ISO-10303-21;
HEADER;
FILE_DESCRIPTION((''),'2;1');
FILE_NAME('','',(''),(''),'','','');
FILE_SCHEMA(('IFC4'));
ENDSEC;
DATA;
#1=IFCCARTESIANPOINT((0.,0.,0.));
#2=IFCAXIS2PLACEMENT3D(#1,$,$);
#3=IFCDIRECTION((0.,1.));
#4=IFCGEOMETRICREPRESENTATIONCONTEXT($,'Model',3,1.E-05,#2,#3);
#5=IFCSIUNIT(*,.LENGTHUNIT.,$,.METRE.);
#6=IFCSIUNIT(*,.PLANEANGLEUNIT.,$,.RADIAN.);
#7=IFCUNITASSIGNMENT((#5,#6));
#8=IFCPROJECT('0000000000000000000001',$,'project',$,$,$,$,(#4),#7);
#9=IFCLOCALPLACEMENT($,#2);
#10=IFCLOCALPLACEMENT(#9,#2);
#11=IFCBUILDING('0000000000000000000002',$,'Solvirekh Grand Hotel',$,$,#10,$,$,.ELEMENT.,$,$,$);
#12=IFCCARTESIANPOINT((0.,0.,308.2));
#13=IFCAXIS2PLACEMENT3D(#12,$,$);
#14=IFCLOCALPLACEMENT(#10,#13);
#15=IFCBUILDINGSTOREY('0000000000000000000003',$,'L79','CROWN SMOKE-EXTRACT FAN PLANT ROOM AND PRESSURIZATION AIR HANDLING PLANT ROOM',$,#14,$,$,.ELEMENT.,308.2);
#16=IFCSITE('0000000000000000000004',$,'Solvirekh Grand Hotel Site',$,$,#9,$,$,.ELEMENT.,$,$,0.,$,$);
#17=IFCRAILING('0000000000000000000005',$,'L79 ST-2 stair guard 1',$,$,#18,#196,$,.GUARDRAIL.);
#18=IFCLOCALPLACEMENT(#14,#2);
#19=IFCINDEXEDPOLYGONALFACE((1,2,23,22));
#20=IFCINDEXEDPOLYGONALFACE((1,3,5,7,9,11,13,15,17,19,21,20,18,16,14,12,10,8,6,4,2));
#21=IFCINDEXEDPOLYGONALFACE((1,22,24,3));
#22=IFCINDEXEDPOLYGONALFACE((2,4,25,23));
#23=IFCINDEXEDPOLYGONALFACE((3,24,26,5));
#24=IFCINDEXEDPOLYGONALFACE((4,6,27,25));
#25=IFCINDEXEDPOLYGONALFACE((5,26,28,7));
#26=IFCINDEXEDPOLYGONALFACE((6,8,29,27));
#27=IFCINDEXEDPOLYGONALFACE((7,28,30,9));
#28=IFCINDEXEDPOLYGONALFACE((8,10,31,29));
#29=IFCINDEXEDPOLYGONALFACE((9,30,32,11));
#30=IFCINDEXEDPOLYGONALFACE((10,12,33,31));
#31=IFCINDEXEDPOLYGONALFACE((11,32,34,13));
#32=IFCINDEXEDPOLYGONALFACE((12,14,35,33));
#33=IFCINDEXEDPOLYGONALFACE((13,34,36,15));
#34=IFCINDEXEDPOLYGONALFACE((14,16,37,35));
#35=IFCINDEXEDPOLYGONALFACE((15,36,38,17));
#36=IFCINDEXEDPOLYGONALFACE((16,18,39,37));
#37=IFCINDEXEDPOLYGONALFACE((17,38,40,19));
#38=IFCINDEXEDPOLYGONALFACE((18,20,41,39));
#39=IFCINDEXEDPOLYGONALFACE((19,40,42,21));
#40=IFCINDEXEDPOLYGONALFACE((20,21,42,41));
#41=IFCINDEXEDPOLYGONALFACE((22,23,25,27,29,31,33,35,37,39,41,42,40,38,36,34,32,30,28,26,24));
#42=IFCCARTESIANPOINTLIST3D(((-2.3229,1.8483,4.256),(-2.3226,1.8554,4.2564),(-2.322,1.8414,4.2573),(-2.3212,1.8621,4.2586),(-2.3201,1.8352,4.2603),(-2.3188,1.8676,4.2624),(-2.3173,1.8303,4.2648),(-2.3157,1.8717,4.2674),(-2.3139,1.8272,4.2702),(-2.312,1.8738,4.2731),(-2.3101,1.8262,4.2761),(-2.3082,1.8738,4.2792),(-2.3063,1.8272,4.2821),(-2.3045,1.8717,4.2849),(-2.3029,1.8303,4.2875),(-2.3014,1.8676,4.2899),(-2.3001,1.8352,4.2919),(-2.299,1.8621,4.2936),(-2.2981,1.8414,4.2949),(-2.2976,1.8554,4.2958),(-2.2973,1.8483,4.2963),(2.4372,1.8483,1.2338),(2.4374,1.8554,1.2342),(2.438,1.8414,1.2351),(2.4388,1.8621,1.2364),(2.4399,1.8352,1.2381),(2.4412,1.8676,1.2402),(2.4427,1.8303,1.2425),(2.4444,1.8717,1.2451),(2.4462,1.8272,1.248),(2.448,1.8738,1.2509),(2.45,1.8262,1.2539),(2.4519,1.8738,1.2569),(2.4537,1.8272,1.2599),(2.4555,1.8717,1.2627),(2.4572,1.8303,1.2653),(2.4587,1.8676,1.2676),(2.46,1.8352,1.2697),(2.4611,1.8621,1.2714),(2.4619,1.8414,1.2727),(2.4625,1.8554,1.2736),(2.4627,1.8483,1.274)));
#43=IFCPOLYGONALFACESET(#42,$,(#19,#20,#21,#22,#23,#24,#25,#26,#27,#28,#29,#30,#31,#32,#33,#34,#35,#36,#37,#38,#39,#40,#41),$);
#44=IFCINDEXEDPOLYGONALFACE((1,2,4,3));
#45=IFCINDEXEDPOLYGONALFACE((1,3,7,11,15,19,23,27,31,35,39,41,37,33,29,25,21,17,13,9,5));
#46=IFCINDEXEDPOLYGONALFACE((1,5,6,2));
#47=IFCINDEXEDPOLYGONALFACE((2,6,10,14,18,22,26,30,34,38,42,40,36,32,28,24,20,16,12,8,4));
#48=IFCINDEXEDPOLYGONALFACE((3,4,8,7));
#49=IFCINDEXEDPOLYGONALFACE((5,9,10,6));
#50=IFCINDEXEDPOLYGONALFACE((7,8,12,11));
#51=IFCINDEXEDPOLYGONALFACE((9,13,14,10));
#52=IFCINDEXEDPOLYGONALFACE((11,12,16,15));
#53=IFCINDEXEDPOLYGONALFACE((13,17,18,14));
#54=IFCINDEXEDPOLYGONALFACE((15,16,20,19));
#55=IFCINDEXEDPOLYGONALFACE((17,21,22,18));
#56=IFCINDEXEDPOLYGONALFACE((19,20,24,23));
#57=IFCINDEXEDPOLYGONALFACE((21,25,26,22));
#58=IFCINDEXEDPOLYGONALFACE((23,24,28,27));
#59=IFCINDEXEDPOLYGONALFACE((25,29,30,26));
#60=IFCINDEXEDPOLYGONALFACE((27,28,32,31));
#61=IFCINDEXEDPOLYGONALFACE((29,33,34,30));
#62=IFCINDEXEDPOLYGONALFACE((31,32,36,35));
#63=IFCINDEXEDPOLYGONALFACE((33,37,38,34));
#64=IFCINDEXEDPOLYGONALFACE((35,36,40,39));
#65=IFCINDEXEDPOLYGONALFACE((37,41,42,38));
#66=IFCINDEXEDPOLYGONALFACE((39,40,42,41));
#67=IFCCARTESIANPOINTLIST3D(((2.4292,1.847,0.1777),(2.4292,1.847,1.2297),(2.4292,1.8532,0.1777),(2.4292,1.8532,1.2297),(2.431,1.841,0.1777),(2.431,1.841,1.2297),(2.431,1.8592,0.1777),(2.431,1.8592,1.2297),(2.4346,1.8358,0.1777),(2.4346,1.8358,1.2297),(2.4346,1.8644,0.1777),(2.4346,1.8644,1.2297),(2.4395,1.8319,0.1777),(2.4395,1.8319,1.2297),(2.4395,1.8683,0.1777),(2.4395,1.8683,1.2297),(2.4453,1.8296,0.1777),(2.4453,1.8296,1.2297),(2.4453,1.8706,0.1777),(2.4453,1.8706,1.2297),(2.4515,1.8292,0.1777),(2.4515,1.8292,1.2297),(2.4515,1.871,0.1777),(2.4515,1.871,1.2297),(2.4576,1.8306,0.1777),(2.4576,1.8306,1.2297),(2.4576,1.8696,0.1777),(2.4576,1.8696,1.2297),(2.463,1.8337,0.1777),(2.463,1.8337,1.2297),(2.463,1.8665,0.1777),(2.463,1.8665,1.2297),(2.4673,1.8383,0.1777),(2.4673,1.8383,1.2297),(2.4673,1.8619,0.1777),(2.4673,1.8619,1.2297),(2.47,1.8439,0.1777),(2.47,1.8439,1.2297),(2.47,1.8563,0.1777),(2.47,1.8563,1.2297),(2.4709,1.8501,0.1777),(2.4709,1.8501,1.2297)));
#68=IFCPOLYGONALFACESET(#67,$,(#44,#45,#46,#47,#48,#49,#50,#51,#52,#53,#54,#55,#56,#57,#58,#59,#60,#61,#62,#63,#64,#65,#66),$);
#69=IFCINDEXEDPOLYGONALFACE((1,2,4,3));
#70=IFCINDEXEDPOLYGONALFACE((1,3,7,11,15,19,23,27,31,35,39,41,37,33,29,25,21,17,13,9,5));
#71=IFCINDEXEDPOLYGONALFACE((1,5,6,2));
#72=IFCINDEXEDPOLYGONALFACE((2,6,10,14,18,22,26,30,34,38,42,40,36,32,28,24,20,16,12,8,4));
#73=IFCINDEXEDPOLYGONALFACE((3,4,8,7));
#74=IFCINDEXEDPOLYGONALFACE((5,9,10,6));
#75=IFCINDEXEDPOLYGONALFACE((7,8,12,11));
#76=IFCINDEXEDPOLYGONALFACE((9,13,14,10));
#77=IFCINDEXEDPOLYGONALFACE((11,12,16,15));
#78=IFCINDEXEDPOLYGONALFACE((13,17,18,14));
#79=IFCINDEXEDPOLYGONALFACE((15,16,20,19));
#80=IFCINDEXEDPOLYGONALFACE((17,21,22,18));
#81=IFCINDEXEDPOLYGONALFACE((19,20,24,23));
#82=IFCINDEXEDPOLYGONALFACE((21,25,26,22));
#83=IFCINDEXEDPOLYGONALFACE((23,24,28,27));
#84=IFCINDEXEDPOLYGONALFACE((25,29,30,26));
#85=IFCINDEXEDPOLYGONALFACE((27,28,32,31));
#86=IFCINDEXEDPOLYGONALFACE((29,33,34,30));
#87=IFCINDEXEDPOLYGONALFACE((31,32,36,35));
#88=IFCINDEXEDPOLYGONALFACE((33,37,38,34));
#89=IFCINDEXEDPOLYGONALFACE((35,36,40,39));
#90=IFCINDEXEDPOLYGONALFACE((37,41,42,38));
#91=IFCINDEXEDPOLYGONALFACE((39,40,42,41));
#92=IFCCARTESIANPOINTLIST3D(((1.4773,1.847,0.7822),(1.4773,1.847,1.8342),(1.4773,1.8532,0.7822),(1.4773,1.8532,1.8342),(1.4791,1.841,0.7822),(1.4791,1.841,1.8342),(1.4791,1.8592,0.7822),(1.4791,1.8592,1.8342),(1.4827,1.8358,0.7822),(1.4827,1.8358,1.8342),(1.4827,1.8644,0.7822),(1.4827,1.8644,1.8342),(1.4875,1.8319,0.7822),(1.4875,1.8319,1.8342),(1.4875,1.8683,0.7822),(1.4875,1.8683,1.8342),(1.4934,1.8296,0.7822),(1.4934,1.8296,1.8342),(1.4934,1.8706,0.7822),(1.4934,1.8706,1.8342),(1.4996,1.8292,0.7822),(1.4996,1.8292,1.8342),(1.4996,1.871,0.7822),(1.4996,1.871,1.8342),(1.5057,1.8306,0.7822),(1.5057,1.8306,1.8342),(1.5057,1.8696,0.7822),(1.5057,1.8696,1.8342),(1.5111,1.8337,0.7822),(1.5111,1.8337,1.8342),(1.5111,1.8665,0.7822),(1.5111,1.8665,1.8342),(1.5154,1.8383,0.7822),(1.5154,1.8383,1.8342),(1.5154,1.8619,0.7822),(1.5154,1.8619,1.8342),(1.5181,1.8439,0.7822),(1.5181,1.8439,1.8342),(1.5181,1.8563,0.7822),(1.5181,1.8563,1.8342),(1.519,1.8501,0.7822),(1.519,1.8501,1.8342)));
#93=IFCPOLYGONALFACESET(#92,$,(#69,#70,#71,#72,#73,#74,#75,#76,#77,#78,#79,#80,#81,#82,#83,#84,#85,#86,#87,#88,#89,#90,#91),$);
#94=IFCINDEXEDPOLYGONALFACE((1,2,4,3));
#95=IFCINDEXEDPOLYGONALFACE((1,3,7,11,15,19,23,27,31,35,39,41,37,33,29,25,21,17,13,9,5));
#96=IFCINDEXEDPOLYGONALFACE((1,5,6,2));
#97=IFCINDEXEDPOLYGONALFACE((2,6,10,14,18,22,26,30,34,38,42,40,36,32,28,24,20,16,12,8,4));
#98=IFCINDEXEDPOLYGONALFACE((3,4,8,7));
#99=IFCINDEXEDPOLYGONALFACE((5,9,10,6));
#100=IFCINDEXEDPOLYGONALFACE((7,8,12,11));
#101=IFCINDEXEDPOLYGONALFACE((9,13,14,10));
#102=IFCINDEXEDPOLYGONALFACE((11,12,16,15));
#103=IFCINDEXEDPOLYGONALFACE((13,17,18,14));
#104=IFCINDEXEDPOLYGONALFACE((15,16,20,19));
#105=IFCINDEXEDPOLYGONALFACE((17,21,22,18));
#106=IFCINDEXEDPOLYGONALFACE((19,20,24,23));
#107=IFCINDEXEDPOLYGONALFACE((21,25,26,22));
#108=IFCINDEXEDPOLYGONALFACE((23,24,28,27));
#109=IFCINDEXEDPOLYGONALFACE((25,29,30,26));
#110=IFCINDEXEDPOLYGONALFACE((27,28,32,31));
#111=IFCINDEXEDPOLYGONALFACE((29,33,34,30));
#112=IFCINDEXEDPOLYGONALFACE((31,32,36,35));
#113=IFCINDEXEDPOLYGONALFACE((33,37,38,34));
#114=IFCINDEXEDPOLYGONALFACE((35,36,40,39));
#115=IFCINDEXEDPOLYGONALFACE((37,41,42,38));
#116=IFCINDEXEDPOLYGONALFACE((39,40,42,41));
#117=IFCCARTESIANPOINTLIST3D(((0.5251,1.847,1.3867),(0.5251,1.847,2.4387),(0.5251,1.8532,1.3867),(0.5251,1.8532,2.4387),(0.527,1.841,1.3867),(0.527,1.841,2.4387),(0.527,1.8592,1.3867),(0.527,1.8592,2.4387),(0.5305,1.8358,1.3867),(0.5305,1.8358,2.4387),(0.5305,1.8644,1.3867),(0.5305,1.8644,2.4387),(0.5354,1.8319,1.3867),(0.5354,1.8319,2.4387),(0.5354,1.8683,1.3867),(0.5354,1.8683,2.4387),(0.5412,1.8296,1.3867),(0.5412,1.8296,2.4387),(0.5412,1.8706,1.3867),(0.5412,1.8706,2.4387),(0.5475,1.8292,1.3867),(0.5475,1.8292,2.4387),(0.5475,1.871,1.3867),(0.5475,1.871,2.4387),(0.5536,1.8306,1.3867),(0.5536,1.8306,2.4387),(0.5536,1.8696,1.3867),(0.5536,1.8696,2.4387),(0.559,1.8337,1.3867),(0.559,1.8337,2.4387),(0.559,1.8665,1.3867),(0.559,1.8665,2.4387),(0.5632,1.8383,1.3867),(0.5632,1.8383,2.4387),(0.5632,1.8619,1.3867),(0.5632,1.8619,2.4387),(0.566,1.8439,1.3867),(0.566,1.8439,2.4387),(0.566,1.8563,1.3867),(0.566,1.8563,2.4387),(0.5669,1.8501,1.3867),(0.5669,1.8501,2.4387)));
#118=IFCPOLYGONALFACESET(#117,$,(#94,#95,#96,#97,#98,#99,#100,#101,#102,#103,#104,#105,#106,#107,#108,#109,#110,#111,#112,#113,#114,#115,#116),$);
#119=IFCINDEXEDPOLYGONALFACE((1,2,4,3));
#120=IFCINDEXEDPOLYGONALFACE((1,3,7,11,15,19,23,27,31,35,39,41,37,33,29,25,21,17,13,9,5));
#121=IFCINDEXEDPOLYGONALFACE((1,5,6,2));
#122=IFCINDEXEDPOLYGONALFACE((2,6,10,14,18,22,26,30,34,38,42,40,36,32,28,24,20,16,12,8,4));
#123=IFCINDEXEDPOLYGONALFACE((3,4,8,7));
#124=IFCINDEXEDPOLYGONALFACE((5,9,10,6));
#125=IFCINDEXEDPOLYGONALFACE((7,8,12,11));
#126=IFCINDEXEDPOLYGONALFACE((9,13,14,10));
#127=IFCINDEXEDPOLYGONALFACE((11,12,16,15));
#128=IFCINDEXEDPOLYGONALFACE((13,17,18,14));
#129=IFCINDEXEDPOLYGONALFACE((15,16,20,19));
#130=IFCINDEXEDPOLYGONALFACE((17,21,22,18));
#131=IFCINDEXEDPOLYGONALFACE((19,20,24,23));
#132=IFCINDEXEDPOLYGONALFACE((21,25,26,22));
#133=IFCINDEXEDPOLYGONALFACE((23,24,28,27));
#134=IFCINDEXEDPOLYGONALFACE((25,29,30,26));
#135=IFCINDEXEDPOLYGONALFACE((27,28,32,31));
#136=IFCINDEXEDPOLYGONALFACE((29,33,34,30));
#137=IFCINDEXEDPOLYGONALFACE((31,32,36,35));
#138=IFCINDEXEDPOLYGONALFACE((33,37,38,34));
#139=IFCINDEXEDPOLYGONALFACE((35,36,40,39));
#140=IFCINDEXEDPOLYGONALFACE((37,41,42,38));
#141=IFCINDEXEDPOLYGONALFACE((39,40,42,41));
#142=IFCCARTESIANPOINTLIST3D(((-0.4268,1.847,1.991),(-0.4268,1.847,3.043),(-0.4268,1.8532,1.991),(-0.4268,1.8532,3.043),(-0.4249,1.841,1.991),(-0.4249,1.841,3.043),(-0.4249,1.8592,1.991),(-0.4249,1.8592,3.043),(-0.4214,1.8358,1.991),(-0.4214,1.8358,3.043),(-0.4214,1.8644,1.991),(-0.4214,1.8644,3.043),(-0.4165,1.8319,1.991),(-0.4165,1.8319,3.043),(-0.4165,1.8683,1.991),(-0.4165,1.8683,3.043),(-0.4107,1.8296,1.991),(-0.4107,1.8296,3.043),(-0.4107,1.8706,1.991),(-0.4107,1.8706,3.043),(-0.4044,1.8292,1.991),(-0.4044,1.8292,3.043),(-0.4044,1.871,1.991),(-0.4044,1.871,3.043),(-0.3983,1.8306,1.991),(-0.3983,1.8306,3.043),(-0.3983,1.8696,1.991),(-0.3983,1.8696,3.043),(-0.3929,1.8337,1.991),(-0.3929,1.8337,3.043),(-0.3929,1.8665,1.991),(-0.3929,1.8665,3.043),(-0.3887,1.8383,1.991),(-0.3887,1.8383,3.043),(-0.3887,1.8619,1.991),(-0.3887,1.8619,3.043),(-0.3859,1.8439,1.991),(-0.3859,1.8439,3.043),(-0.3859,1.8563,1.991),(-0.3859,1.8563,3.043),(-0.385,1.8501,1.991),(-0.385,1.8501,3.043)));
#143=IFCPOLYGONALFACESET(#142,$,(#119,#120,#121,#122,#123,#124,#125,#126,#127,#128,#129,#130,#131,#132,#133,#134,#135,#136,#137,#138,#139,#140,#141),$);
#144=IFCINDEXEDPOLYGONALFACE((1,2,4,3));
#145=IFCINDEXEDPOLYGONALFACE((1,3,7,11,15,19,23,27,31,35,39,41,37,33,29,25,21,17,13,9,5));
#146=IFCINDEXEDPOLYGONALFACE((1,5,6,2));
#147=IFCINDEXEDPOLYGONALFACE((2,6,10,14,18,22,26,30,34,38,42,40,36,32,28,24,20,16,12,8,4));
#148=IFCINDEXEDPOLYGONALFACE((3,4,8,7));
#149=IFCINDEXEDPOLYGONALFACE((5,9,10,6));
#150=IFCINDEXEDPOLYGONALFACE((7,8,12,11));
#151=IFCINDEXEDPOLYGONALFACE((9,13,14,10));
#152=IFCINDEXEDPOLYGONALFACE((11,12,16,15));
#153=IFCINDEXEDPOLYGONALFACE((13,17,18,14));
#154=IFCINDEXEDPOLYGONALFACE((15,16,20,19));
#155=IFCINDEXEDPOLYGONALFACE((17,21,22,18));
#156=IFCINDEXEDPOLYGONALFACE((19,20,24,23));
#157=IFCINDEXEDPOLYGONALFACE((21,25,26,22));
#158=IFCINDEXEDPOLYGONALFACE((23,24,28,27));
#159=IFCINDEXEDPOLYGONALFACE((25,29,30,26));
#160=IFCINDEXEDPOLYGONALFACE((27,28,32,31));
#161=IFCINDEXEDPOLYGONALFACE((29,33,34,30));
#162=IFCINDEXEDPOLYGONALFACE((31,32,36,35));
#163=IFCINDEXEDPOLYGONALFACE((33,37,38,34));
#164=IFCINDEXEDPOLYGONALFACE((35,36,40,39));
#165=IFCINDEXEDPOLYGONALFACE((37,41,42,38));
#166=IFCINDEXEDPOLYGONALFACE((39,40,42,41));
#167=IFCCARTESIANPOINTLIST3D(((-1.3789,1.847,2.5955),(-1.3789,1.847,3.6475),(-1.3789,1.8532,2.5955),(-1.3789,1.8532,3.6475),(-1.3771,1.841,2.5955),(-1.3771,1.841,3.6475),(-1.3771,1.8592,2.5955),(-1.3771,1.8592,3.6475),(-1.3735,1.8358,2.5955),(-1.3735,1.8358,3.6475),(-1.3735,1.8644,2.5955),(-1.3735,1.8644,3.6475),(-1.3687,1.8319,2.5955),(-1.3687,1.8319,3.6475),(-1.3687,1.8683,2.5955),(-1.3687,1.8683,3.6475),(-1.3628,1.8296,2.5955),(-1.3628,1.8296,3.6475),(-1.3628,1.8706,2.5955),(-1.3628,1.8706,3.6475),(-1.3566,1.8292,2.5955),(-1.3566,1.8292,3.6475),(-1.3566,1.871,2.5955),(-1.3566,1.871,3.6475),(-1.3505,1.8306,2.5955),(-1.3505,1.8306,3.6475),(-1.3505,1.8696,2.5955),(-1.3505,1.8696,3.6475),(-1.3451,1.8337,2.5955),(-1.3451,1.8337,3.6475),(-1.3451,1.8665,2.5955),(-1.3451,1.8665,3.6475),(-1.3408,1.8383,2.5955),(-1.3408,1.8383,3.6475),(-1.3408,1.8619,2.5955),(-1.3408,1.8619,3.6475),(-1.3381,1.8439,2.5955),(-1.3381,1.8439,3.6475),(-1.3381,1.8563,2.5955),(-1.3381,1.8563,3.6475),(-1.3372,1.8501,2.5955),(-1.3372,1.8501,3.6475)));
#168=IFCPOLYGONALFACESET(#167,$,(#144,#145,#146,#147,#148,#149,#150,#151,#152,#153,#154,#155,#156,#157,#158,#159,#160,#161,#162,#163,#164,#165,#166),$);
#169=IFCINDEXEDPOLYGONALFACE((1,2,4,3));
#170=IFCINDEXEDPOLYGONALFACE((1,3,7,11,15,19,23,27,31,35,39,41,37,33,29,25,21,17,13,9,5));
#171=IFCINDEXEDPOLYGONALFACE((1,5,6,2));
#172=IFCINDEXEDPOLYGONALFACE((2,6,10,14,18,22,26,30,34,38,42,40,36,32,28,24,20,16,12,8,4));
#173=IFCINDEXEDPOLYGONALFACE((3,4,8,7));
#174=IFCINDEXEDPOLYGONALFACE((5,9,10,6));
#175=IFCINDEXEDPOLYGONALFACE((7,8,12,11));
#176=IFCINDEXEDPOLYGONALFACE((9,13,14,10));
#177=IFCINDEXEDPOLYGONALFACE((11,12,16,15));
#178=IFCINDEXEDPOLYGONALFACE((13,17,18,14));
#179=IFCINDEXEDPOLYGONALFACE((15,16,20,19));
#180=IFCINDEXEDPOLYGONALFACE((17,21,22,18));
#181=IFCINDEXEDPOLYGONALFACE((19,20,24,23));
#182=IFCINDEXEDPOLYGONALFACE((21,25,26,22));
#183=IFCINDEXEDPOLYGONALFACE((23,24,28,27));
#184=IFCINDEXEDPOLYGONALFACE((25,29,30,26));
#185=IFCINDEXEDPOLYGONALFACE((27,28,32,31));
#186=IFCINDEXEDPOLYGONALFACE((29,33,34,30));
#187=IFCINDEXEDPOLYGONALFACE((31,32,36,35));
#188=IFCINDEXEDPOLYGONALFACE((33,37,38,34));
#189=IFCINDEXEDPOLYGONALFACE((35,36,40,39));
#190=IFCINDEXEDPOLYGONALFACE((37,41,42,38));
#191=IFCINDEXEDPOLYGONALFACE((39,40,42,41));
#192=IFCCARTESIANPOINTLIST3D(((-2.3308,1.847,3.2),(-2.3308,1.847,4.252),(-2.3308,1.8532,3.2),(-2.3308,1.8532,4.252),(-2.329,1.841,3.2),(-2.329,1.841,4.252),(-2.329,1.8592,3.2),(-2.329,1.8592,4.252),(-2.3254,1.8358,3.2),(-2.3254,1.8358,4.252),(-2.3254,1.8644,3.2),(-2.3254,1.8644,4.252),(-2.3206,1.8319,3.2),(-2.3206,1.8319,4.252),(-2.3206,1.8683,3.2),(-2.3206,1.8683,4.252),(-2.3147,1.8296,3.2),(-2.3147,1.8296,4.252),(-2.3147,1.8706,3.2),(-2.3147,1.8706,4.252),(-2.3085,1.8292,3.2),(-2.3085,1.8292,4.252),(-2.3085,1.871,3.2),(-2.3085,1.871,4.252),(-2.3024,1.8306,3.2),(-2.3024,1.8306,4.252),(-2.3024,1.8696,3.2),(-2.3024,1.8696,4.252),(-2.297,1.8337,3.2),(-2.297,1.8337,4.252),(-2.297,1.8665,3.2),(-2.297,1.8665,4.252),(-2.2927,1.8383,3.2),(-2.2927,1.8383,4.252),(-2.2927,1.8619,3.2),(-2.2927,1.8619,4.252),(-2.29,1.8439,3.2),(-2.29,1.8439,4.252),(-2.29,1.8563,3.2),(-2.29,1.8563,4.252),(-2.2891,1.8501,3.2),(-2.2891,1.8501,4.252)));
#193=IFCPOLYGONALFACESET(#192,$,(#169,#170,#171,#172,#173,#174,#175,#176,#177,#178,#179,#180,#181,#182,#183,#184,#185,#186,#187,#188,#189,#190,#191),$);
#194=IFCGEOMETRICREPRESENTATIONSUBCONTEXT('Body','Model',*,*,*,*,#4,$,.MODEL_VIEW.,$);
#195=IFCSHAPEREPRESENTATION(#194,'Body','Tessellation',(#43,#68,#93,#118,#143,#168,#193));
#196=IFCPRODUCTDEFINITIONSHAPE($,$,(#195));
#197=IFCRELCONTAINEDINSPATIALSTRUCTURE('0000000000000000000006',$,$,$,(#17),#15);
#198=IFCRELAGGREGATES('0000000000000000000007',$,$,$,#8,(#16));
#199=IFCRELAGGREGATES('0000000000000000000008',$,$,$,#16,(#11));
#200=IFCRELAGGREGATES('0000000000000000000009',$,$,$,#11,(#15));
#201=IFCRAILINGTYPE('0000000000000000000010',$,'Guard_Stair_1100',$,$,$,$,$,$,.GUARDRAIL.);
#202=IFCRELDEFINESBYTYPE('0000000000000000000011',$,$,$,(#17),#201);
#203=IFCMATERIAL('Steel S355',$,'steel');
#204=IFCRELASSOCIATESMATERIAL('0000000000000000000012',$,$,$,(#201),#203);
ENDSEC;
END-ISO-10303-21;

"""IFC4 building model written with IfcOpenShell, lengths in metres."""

from ifc_helpers import new_model, si_unit, direction, frame, origin, origin_2d, place, context, subcontext, project, spatial, circle, extrude, material, type_object, element, save


model = new_model("IFC4")

# Units and contexts
model_context = context("Model", 3, precision=1e-05, world=origin(), true_north=direction((0.0, 1.0)))
body_context = subcontext(model_context, "Body", "Model", "MODEL_VIEW")
ifc_project = project(units=[si_unit("LENGTHUNIT", "METRE"), si_unit("PLANEANGLEUNIT", "RADIAN")], contexts=[model_context])

# Site, building, storey
site_placement = place(None, origin())
site = spatial("IfcSite", under=ifc_project, at=site_placement, Name="Solvirekh Grand Hotel Site", CompositionType="ELEMENT", RefElevation=0.0)
building_placement = place(site_placement, origin())
building = spatial("IfcBuilding", under=site, at=building_placement, Name="Solvirekh Grand Hotel", CompositionType="ELEMENT")
storey_placement = place(building_placement, frame((0.0, 0.0, 308.2)))
storey = spatial("IfcBuildingStorey", under=building, at=storey_placement, Name="L79", Description="CROWN SMOKE-EXTRACT FAN PLANT ROOM AND PRESSURIZATION AIR HANDLING PLANT ROOM", CompositionType="ELEMENT", Elevation=308.2)

# Shared definitions
ifc_material_1 = material(Name="Steel S355", Category="steel")

# Railing
railing_type_1 = type_object("IfcRailingType", Name="Guard_Stair_1100", PredefinedType="GUARDRAIL", material=ifc_material_1)
railing_1_placement = place(storey_placement, frame((2.45, 1.8501, 0.1777)))
element("IfcRailing", 1, at=railing_1_placement, inside=storey, type_object=railing_type_1, Name="L79 ST-2 stair guard 1", PredefinedType="GUARDRAIL", context=body_context, shape_type="SweptSolid", body=[
    extrude(circle(Radius=0.0239, at=origin_2d()), frame((0.0, 0.0, 1.0762), z_axis=(-0.844214, 0.0, 0.536007), x_axis=(0.0, -1.0, 0.0)), (0.0, 0.0, 1.0), 5.6384),
    extrude(circle(Radius=0.021, at=origin_2d()), origin(), (0.0, 0.0, 1.0), 1.052),
    extrude(circle(Radius=0.021, at=origin_2d()), frame((-0.9519, 0.0, 0.6045)), (0.0, 0.0, 1.0), 1.052),
    extrude(circle(Radius=0.021, at=origin_2d()), frame((-1.9041, 0.0, 1.209)), (0.0, 0.0, 1.0), 1.052),
    extrude(circle(Radius=0.021, at=origin_2d()), frame((-2.856, 0.0, 1.8132)), (0.0, 0.0, 1.0), 1.052),
    extrude(circle(Radius=0.021, at=origin_2d()), frame((-3.8081, 0.0, 2.4177)), (0.0, 0.0, 1.0), 1.052),
    extrude(circle(Radius=0.021, at=origin_2d()), frame((-4.76, 0.0, 3.0222)), (0.0, 0.0, 1.0), 1.052),
])

save(model, "model.ifc")
